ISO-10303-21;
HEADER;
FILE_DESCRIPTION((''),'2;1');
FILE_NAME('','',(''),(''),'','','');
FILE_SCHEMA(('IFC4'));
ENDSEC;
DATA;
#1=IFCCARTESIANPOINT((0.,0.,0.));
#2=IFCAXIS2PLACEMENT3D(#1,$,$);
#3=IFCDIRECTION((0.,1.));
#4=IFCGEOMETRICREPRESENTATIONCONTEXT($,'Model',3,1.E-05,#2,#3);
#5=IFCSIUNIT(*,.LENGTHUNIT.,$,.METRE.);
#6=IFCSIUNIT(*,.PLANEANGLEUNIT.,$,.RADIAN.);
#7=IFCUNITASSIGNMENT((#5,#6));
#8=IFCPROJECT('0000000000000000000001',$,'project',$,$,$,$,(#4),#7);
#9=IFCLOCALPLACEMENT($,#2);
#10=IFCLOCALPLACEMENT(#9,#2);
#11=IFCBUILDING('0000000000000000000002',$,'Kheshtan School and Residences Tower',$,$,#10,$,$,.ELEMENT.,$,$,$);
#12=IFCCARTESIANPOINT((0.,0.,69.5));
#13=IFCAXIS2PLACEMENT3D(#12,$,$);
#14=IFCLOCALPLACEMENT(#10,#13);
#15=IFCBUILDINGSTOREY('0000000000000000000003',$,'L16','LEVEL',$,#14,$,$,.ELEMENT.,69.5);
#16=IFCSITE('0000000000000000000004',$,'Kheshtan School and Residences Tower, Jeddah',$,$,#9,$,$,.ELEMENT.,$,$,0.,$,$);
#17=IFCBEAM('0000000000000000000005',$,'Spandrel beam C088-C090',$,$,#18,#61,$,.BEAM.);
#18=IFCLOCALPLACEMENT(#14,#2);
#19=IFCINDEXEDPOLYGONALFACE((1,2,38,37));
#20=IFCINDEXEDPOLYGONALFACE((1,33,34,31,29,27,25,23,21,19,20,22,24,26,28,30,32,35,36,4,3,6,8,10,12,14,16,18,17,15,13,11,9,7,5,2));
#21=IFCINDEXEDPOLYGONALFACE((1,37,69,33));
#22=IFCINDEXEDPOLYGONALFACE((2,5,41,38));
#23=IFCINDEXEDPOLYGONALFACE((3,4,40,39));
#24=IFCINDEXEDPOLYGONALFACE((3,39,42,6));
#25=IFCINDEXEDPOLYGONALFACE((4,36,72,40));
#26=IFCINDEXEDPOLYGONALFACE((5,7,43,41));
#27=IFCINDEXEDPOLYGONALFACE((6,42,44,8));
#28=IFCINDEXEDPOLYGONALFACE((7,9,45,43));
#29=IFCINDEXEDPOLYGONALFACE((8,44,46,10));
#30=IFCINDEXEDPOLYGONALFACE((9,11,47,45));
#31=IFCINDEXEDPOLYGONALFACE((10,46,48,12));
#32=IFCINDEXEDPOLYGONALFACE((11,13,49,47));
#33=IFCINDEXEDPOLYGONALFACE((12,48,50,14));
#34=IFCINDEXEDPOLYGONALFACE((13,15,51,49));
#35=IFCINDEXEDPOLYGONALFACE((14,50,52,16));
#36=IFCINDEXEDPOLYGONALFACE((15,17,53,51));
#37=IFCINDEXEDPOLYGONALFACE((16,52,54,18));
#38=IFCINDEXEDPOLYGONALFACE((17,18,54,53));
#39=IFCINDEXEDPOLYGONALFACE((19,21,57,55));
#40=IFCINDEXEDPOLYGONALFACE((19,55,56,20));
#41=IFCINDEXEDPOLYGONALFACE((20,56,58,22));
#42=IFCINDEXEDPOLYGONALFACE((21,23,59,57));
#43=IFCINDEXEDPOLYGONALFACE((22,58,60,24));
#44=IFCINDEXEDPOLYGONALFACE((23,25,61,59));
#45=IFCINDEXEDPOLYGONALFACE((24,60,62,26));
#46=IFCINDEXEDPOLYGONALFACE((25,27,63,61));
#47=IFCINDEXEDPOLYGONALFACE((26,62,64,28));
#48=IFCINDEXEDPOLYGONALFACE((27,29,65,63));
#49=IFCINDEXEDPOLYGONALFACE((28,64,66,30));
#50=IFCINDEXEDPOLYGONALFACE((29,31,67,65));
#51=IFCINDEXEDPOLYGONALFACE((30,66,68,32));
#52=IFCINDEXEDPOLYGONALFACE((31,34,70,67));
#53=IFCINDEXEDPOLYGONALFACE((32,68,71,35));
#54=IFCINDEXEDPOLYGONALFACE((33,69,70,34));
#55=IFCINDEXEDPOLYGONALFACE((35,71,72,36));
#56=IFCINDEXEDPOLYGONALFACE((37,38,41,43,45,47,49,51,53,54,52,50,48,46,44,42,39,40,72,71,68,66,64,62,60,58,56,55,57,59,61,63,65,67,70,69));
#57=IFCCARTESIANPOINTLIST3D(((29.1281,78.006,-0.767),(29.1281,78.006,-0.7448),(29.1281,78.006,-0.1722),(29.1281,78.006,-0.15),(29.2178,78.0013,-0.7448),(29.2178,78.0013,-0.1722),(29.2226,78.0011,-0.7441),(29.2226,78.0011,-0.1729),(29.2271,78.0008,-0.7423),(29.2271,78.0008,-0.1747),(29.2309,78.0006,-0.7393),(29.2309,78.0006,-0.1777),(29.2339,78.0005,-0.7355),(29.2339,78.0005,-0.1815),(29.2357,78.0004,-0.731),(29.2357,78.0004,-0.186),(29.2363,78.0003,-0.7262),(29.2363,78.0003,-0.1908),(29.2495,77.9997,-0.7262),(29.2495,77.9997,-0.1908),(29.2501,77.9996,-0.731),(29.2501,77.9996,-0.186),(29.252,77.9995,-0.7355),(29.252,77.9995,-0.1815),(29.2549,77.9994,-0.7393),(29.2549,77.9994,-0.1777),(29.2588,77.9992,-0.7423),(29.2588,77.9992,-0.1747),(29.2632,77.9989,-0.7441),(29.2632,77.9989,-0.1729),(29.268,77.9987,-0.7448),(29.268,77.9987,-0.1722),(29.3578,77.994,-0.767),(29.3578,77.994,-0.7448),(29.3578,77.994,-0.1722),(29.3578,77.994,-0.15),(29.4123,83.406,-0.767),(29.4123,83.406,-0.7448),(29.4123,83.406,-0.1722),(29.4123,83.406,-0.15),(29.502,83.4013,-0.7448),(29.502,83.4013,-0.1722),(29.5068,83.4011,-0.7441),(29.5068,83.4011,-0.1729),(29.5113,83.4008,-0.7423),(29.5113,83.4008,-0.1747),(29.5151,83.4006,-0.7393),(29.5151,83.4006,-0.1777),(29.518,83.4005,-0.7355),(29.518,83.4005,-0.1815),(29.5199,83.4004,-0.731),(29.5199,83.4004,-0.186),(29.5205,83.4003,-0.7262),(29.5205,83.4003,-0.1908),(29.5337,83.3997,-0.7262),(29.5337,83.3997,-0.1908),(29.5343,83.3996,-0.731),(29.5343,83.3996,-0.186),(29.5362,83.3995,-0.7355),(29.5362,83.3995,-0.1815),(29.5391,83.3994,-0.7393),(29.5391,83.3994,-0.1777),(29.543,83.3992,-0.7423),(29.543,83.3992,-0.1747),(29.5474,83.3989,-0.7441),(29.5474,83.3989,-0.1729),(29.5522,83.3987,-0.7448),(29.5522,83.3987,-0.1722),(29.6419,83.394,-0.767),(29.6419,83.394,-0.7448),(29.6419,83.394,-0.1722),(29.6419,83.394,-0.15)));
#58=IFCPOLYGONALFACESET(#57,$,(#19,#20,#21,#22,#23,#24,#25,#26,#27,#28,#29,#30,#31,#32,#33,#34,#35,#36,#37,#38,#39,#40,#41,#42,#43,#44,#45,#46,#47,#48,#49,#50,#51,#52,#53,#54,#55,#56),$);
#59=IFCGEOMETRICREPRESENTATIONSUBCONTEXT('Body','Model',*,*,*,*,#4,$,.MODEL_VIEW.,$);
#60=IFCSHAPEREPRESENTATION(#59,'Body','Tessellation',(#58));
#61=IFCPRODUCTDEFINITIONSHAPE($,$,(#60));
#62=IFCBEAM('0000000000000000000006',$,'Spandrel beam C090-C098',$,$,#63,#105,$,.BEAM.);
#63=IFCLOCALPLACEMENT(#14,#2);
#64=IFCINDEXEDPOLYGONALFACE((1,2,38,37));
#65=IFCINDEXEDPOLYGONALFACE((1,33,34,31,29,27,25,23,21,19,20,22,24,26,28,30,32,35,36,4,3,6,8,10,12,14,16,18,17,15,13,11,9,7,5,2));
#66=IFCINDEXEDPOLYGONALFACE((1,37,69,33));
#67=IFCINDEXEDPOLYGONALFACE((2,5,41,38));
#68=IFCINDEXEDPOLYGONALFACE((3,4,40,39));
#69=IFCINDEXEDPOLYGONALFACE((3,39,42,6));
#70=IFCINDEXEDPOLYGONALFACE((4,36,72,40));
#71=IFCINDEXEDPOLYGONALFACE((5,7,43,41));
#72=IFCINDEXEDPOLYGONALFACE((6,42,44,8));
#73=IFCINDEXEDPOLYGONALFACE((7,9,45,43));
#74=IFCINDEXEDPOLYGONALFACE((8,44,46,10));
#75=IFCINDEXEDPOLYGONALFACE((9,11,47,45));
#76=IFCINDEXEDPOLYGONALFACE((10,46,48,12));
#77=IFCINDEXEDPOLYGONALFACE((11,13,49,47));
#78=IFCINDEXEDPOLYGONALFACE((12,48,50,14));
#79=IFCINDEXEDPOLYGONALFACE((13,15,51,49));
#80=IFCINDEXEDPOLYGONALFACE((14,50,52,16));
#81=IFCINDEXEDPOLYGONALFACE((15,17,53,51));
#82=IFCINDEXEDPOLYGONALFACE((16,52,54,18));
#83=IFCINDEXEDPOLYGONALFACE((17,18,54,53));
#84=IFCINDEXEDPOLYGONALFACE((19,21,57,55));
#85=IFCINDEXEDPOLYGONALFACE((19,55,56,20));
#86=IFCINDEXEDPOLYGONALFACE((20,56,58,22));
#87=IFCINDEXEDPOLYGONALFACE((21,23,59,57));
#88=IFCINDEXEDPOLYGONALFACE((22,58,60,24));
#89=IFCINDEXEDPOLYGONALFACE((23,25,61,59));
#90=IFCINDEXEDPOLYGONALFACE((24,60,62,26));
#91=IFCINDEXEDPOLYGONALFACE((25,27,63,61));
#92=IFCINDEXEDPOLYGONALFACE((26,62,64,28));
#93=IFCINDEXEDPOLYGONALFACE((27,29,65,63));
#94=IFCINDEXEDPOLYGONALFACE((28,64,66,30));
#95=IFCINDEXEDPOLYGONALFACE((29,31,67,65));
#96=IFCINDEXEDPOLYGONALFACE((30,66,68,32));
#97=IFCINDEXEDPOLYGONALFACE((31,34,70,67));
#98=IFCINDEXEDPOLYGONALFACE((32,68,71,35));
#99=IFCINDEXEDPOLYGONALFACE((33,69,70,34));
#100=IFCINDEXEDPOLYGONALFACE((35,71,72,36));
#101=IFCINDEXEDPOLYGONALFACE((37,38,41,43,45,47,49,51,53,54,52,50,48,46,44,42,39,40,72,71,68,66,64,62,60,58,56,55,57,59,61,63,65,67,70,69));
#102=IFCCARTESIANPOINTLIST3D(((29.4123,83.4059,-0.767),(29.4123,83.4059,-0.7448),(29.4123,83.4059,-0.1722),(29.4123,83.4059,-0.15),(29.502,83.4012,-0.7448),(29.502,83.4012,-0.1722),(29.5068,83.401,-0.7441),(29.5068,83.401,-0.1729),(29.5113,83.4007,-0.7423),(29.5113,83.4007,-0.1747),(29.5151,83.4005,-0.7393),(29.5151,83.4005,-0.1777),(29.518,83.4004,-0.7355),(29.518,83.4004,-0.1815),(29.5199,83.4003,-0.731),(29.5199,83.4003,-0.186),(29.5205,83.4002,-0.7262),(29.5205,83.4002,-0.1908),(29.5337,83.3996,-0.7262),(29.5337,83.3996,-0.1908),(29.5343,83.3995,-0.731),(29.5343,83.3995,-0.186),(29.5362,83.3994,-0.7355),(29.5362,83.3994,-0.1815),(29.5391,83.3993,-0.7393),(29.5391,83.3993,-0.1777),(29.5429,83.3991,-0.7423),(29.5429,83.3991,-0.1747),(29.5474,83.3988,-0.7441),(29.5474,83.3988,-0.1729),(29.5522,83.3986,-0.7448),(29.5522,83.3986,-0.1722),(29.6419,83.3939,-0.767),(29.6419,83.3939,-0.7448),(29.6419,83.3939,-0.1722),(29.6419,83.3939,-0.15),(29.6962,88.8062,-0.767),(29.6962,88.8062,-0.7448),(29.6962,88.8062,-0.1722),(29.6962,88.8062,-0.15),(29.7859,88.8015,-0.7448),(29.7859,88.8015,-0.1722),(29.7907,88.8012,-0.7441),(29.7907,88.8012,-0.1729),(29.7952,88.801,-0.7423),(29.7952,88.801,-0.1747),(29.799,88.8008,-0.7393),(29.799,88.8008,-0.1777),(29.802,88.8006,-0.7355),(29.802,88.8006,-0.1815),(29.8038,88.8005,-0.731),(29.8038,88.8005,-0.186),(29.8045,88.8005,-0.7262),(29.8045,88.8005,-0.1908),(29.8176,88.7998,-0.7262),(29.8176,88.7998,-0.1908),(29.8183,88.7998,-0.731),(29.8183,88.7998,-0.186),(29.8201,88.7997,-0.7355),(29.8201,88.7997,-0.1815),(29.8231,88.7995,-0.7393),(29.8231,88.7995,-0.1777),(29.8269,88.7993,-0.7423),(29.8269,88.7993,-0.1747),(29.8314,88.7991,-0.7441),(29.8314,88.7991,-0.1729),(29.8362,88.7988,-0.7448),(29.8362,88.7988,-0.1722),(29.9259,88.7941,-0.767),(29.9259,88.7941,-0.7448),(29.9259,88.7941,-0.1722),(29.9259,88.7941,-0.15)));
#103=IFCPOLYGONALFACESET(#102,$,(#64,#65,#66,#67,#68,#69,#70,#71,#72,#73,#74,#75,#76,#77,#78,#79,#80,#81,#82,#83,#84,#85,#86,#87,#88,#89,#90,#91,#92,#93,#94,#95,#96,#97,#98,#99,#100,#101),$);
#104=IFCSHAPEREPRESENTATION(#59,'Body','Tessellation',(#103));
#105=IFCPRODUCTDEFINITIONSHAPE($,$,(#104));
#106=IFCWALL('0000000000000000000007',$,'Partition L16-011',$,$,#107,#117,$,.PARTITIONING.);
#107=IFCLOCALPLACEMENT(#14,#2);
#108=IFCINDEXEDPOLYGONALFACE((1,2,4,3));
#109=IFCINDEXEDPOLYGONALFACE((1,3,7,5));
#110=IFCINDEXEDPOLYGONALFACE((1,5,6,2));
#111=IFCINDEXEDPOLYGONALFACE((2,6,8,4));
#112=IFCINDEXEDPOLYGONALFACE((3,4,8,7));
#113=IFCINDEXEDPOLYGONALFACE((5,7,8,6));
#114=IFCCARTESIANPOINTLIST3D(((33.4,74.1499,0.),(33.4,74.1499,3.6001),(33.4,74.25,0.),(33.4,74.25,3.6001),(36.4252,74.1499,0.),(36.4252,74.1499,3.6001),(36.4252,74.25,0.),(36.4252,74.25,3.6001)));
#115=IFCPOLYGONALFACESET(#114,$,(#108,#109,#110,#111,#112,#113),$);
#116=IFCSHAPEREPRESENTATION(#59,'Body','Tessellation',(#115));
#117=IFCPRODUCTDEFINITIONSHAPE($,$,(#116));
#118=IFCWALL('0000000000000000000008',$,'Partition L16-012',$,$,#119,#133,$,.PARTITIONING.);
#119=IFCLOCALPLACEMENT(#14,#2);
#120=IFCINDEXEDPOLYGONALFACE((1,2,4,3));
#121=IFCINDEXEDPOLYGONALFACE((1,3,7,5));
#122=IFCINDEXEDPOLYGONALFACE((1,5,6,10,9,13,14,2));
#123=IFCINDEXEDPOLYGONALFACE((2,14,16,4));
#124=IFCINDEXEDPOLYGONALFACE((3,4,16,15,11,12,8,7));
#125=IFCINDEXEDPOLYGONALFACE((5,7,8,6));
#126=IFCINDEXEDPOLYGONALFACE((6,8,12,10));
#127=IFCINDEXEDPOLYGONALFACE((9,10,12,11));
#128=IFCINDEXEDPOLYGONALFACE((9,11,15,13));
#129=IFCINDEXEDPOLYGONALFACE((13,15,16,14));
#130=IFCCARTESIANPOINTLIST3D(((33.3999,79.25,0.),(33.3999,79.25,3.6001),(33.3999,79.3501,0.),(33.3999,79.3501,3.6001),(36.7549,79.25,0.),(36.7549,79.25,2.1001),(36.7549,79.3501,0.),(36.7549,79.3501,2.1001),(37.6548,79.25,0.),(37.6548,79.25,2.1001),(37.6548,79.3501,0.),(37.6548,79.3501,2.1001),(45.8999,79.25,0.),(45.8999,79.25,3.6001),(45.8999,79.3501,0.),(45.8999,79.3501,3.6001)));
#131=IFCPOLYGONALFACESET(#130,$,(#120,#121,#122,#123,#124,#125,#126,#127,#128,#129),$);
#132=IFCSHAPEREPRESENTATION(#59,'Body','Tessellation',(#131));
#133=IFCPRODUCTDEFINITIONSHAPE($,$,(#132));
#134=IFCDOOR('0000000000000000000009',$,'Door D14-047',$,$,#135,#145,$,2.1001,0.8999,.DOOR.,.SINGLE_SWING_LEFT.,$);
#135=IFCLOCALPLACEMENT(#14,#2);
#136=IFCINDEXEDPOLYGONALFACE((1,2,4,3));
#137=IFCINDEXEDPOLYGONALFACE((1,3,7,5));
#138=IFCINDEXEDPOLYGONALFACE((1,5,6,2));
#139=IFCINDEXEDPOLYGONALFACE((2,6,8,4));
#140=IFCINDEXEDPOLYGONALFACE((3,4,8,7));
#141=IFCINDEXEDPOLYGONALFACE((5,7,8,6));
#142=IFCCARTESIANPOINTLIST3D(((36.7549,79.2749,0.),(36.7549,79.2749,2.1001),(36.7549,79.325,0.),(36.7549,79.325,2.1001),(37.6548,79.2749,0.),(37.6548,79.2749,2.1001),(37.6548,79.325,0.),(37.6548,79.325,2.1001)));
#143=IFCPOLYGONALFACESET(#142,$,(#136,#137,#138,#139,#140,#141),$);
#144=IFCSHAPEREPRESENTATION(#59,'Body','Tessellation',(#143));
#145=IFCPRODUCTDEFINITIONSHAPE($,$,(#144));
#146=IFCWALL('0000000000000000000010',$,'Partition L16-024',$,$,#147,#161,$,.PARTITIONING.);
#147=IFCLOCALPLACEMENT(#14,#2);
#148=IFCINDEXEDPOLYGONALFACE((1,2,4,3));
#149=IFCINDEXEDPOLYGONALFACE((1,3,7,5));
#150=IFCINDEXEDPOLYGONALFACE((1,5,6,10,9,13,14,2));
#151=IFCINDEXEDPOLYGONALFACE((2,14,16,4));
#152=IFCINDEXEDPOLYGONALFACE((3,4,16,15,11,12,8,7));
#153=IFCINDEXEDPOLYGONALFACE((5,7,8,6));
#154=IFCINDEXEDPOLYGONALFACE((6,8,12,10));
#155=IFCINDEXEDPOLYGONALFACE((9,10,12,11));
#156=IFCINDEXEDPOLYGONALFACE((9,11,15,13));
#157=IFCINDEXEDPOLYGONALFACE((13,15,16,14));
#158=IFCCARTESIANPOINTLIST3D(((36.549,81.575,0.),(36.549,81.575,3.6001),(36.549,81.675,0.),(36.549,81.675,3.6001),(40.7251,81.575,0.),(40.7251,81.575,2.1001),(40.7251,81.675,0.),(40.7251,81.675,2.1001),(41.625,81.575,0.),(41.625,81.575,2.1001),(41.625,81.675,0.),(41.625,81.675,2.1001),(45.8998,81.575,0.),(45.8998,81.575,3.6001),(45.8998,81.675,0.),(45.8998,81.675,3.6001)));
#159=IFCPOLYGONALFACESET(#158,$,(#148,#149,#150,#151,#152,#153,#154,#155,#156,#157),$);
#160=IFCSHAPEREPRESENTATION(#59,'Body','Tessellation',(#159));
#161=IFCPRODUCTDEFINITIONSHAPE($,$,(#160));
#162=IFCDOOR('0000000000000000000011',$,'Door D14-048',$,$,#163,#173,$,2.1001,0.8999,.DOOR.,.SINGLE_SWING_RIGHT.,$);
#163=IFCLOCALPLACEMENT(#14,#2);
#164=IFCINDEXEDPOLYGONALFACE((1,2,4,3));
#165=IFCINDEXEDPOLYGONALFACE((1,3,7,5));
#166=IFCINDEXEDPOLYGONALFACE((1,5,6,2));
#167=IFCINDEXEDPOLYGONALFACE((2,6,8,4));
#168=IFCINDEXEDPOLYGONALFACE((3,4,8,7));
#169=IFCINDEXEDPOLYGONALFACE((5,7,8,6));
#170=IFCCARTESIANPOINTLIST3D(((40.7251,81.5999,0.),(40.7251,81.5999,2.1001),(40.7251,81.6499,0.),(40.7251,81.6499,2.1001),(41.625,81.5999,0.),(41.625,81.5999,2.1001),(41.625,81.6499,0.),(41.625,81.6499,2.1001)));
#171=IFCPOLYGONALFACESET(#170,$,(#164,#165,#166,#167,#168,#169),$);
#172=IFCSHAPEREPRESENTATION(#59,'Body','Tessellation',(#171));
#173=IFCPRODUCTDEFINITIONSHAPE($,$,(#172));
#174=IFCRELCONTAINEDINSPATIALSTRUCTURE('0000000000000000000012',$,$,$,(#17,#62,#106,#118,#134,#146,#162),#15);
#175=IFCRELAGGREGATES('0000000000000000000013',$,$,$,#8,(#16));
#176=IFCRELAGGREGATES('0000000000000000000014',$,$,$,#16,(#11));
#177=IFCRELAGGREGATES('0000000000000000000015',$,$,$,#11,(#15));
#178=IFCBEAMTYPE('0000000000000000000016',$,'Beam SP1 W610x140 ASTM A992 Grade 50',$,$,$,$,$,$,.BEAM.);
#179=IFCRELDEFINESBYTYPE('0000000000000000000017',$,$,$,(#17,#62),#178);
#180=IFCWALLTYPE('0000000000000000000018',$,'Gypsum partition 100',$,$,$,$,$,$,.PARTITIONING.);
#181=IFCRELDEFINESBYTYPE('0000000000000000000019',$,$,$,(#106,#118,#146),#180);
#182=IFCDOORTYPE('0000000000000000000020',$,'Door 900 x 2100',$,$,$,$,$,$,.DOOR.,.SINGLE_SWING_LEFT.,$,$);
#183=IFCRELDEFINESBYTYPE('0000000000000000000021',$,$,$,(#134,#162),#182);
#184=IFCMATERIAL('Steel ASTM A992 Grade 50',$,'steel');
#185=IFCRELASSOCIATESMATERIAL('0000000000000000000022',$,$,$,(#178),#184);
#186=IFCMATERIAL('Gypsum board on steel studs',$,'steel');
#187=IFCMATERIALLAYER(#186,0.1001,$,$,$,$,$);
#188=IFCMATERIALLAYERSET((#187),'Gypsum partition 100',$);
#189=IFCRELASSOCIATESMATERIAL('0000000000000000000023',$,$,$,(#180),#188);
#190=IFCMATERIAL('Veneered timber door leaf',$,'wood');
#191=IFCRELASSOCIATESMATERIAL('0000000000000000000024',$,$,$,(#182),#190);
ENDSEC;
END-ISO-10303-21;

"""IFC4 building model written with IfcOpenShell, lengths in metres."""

from ifc_helpers import new_model, si_unit, direction, frame, frame_2d, origin, origin_2d, place, context, subcontext, project, spatial, rectangle, i_section, extrude, source, transform, mapped, material, layer, layer_set, material_profile, profile_set, type_object, element, fill, save


model = new_model("IFC4")

# Units and contexts
model_context = context("Model", 3, precision=1e-05, world=origin(), true_north=direction((0.0, 1.0)))
body_context = subcontext(model_context, "Body", "Model", "MODEL_VIEW")
ifc_project = project(units=[si_unit("LENGTHUNIT", "METRE"), si_unit("PLANEANGLEUNIT", "RADIAN")], contexts=[model_context])

# Site, building, storey
site_placement = place(None, origin())
site = spatial("IfcSite", under=ifc_project, at=site_placement, Name="Kheshtan School and Residences Tower, Jeddah", CompositionType="ELEMENT", RefElevation=0.0)
building_placement = place(site_placement, origin())
building = spatial("IfcBuilding", under=site, at=building_placement, Name="Kheshtan School and Residences Tower", CompositionType="ELEMENT")
storey_placement = place(building_placement, frame((0.0, 0.0, 69.5)))
storey = spatial("IfcBuildingStorey", under=building, at=storey_placement, Name="L16", Description="LEVEL", CompositionType="ELEMENT", Elevation=69.5)

# Shared definitions
ifc_material_1 = material(Name="Steel ASTM A992 Grade 50", Category="steel")

# Beams
ifc_material_profile_1 = material_profile(ifc_material_1, i_section(OverallWidth=0.23, OverallDepth=0.6169, WebThickness=0.0132, FlangeThickness=0.0222, FilletRadius=0.0186, at=origin_2d()), Name="W610x140")
ifc_profile_set_1 = profile_set([ifc_material_profile_1], Name="Steel ASTM A992 Grade 50")
beam_type_1 = type_object("IfcBeamType", Name="Beam SP1 W610x140 ASTM A992 Grade 50", PredefinedType="BEAM", material=ifc_profile_set_1)
for number, where, z_axis, x_axis, name in (
    (1, (29.2429, 78.0, -0.4585), (0.052554, 0.998618, 0.0), (-0.998618, 0.052554, 0.0), "Spandrel beam C088-C090"),
):
    element("IfcBeam", number, at=place(storey_placement, frame(where, z_axis=z_axis, x_axis=x_axis)), inside=storey, type_object=beam_type_1, Name=name, PredefinedType="BEAM", context=body_context, shape_type="SweptSolid", body=[
        extrude(i_section(OverallWidth=0.23, OverallDepth=0.6169, WebThickness=0.0132, FlangeThickness=0.0222, FilletRadius=0.0186, at=origin_2d()), origin(), (0.0, 0.0, 1.0), 5.4075),
    ])
beam_1_placement = place(storey_placement, frame((29.5271, 83.3999, -0.4585), z_axis=(0.052507, 0.998621, 0.0), x_axis=(-0.998621, 0.052507, 0.0)))
element("IfcBeam", 2, at=beam_1_placement, inside=storey, type_object=beam_type_1, Name="Spandrel beam C090-C098", PredefinedType="BEAM", context=body_context, shape_type="SweptSolid", body=[
    extrude(i_section(OverallWidth=0.23, OverallDepth=0.6169, WebThickness=0.0132, FlangeThickness=0.0222, FilletRadius=0.0186, at=origin_2d()), origin(), (0.0, 0.0, 1.0), 5.4077),
])

# Wall
ifc_material_2 = material(Name="Gypsum board on steel studs", Category="steel")
ifc_layer_1 = layer(ifc_material_2, 0.1001)
ifc_layer_set_1 = layer_set([ifc_layer_1], Name="Gypsum partition 100")
wall_type_1 = type_object("IfcWallType", Name="Gypsum partition 100", PredefinedType="PARTITIONING", material=ifc_layer_set_1)
wall_1_placement = place(storey_placement, frame((33.3999, 74.2, 0.0), z_axis=(0.0, 0.0, 1.0), x_axis=(1.0, 0.0, 0.0)))
element("IfcWall", 3, at=wall_1_placement, inside=storey, type_object=wall_type_1, Name="Partition L16-011", PredefinedType="PARTITIONING", context=body_context, shape_type="SweptSolid", body=[
    extrude(rectangle(XDim=3.0251, YDim=0.1001, at=frame_2d((1.5127, 0.0))), origin(), (0.0, 0.0, 1.0), 3.6001),
])

# Walls, openings, doors
wall_2_placement = place(storey_placement, frame((33.3999, 79.3, 0.0), z_axis=(0.0, 0.0, 1.0), x_axis=(1.0, 0.0, 0.0)))
wall_2 = element("IfcWall", 4, at=wall_2_placement, inside=storey, type_object=wall_type_1, Name="Partition L16-012", PredefinedType="PARTITIONING", context=body_context, shape_type="SweptSolid", body=[
    extrude(rectangle(XDim=12.5, YDim=0.1001, at=frame_2d((6.25, 0.0))), origin(), (0.0, 0.0, 1.0), 3.6001),
])
opening_1_placement = place(wall_2_placement, frame((3.355, 0.0, 0.0)))
opening_1 = element("IfcOpeningElement", 5, at=opening_1_placement, cuts=wall_2, PredefinedType="OPENING", context=body_context, shape_type="SweptSolid", body=[
    extrude(rectangle(XDim=0.8999, YDim=2.1001, at=frame_2d((0.45, 1.05))), frame((0.0, 0.0601, 0.0), z_axis=(0.0, -1.0, 0.0), x_axis=(1.0, 0.0, 0.0)), (0.0, 0.0, 1.0), 0.1201),
])
ifc_material_3 = material(Name="Veneered timber door leaf", Category="wood")
door_type_1 = type_object("IfcDoorType", Name="Door 900 x 2100", OperationType="SINGLE_SWING_LEFT", PredefinedType="DOOR", material=ifc_material_3)
shared_shape_1 = source(origin(), body_context, "Body", "SweptSolid", [
    extrude(rectangle(XDim=0.8999, YDim=2.1001, at=frame_2d((0.45, 1.05))), frame((0.0, 0.0249, 0.0), z_axis=(0.0, -1.0, 0.0), x_axis=(1.0, 0.0, 0.0)), (0.0, 0.0, 1.0), 0.05),
])
door_1_placement = place(opening_1_placement, origin())
door_1 = element("IfcDoor", 6, at=door_1_placement, inside=storey, type_object=door_type_1, Name="Door D14-047", OperationType="SINGLE_SWING_LEFT", OverallHeight=2.1001, OverallWidth=0.8999, PredefinedType="DOOR", context=body_context, shape_type="MappedRepresentation", body=[
    mapped(shared_shape_1, transform((0.0, 0.0, 0.0), x_axis=(1.0, 0.0, 0.0), y_axis=(0.0, 1.0, 0.0), z_axis=(0.0, 0.0, 1.0), scale=1.0)),
])
fill(opening_1, door_1)
wall_3_placement = place(storey_placement, frame((36.5491, 81.625, 0.0), z_axis=(0.0, 0.0, 1.0), x_axis=(1.0, 0.0, 0.0)))
wall_3 = element("IfcWall", 7, at=wall_3_placement, inside=storey, type_object=wall_type_1, Name="Partition L16-024", PredefinedType="PARTITIONING", context=body_context, shape_type="SweptSolid", body=[
    extrude(rectangle(XDim=9.3508, YDim=0.1001, at=frame_2d((4.6753, 0.0))), origin(), (0.0, 0.0, 1.0), 3.6001),
])
opening_2_placement = place(wall_3_placement, frame((4.176, 0.0, 0.0)))
opening_2 = element("IfcOpeningElement", 8, at=opening_2_placement, cuts=wall_3, PredefinedType="OPENING", context=body_context, shape_type="SweptSolid", body=[
    extrude(rectangle(XDim=0.8999, YDim=2.1001, at=frame_2d((0.45, 1.05))), frame((0.0, 0.0601, 0.0), z_axis=(0.0, -1.0, 0.0), x_axis=(1.0, 0.0, 0.0)), (0.0, 0.0, 1.0), 0.1201),
])
door_2_placement = place(opening_2_placement, origin())
door_2 = element("IfcDoor", 9, at=door_2_placement, inside=storey, type_object=door_type_1, Name="Door D14-048", OperationType="SINGLE_SWING_RIGHT", OverallHeight=2.1001, OverallWidth=0.8999, PredefinedType="DOOR", context=body_context, shape_type="MappedRepresentation", body=[
    mapped(shared_shape_1, transform((0.0, 0.0, 0.0), x_axis=(1.0, 0.0, 0.0), y_axis=(0.0, 1.0, 0.0), z_axis=(0.0, 0.0, 1.0), scale=1.0)),
])
fill(opening_2, door_2)

save(model, "model.ifc")
